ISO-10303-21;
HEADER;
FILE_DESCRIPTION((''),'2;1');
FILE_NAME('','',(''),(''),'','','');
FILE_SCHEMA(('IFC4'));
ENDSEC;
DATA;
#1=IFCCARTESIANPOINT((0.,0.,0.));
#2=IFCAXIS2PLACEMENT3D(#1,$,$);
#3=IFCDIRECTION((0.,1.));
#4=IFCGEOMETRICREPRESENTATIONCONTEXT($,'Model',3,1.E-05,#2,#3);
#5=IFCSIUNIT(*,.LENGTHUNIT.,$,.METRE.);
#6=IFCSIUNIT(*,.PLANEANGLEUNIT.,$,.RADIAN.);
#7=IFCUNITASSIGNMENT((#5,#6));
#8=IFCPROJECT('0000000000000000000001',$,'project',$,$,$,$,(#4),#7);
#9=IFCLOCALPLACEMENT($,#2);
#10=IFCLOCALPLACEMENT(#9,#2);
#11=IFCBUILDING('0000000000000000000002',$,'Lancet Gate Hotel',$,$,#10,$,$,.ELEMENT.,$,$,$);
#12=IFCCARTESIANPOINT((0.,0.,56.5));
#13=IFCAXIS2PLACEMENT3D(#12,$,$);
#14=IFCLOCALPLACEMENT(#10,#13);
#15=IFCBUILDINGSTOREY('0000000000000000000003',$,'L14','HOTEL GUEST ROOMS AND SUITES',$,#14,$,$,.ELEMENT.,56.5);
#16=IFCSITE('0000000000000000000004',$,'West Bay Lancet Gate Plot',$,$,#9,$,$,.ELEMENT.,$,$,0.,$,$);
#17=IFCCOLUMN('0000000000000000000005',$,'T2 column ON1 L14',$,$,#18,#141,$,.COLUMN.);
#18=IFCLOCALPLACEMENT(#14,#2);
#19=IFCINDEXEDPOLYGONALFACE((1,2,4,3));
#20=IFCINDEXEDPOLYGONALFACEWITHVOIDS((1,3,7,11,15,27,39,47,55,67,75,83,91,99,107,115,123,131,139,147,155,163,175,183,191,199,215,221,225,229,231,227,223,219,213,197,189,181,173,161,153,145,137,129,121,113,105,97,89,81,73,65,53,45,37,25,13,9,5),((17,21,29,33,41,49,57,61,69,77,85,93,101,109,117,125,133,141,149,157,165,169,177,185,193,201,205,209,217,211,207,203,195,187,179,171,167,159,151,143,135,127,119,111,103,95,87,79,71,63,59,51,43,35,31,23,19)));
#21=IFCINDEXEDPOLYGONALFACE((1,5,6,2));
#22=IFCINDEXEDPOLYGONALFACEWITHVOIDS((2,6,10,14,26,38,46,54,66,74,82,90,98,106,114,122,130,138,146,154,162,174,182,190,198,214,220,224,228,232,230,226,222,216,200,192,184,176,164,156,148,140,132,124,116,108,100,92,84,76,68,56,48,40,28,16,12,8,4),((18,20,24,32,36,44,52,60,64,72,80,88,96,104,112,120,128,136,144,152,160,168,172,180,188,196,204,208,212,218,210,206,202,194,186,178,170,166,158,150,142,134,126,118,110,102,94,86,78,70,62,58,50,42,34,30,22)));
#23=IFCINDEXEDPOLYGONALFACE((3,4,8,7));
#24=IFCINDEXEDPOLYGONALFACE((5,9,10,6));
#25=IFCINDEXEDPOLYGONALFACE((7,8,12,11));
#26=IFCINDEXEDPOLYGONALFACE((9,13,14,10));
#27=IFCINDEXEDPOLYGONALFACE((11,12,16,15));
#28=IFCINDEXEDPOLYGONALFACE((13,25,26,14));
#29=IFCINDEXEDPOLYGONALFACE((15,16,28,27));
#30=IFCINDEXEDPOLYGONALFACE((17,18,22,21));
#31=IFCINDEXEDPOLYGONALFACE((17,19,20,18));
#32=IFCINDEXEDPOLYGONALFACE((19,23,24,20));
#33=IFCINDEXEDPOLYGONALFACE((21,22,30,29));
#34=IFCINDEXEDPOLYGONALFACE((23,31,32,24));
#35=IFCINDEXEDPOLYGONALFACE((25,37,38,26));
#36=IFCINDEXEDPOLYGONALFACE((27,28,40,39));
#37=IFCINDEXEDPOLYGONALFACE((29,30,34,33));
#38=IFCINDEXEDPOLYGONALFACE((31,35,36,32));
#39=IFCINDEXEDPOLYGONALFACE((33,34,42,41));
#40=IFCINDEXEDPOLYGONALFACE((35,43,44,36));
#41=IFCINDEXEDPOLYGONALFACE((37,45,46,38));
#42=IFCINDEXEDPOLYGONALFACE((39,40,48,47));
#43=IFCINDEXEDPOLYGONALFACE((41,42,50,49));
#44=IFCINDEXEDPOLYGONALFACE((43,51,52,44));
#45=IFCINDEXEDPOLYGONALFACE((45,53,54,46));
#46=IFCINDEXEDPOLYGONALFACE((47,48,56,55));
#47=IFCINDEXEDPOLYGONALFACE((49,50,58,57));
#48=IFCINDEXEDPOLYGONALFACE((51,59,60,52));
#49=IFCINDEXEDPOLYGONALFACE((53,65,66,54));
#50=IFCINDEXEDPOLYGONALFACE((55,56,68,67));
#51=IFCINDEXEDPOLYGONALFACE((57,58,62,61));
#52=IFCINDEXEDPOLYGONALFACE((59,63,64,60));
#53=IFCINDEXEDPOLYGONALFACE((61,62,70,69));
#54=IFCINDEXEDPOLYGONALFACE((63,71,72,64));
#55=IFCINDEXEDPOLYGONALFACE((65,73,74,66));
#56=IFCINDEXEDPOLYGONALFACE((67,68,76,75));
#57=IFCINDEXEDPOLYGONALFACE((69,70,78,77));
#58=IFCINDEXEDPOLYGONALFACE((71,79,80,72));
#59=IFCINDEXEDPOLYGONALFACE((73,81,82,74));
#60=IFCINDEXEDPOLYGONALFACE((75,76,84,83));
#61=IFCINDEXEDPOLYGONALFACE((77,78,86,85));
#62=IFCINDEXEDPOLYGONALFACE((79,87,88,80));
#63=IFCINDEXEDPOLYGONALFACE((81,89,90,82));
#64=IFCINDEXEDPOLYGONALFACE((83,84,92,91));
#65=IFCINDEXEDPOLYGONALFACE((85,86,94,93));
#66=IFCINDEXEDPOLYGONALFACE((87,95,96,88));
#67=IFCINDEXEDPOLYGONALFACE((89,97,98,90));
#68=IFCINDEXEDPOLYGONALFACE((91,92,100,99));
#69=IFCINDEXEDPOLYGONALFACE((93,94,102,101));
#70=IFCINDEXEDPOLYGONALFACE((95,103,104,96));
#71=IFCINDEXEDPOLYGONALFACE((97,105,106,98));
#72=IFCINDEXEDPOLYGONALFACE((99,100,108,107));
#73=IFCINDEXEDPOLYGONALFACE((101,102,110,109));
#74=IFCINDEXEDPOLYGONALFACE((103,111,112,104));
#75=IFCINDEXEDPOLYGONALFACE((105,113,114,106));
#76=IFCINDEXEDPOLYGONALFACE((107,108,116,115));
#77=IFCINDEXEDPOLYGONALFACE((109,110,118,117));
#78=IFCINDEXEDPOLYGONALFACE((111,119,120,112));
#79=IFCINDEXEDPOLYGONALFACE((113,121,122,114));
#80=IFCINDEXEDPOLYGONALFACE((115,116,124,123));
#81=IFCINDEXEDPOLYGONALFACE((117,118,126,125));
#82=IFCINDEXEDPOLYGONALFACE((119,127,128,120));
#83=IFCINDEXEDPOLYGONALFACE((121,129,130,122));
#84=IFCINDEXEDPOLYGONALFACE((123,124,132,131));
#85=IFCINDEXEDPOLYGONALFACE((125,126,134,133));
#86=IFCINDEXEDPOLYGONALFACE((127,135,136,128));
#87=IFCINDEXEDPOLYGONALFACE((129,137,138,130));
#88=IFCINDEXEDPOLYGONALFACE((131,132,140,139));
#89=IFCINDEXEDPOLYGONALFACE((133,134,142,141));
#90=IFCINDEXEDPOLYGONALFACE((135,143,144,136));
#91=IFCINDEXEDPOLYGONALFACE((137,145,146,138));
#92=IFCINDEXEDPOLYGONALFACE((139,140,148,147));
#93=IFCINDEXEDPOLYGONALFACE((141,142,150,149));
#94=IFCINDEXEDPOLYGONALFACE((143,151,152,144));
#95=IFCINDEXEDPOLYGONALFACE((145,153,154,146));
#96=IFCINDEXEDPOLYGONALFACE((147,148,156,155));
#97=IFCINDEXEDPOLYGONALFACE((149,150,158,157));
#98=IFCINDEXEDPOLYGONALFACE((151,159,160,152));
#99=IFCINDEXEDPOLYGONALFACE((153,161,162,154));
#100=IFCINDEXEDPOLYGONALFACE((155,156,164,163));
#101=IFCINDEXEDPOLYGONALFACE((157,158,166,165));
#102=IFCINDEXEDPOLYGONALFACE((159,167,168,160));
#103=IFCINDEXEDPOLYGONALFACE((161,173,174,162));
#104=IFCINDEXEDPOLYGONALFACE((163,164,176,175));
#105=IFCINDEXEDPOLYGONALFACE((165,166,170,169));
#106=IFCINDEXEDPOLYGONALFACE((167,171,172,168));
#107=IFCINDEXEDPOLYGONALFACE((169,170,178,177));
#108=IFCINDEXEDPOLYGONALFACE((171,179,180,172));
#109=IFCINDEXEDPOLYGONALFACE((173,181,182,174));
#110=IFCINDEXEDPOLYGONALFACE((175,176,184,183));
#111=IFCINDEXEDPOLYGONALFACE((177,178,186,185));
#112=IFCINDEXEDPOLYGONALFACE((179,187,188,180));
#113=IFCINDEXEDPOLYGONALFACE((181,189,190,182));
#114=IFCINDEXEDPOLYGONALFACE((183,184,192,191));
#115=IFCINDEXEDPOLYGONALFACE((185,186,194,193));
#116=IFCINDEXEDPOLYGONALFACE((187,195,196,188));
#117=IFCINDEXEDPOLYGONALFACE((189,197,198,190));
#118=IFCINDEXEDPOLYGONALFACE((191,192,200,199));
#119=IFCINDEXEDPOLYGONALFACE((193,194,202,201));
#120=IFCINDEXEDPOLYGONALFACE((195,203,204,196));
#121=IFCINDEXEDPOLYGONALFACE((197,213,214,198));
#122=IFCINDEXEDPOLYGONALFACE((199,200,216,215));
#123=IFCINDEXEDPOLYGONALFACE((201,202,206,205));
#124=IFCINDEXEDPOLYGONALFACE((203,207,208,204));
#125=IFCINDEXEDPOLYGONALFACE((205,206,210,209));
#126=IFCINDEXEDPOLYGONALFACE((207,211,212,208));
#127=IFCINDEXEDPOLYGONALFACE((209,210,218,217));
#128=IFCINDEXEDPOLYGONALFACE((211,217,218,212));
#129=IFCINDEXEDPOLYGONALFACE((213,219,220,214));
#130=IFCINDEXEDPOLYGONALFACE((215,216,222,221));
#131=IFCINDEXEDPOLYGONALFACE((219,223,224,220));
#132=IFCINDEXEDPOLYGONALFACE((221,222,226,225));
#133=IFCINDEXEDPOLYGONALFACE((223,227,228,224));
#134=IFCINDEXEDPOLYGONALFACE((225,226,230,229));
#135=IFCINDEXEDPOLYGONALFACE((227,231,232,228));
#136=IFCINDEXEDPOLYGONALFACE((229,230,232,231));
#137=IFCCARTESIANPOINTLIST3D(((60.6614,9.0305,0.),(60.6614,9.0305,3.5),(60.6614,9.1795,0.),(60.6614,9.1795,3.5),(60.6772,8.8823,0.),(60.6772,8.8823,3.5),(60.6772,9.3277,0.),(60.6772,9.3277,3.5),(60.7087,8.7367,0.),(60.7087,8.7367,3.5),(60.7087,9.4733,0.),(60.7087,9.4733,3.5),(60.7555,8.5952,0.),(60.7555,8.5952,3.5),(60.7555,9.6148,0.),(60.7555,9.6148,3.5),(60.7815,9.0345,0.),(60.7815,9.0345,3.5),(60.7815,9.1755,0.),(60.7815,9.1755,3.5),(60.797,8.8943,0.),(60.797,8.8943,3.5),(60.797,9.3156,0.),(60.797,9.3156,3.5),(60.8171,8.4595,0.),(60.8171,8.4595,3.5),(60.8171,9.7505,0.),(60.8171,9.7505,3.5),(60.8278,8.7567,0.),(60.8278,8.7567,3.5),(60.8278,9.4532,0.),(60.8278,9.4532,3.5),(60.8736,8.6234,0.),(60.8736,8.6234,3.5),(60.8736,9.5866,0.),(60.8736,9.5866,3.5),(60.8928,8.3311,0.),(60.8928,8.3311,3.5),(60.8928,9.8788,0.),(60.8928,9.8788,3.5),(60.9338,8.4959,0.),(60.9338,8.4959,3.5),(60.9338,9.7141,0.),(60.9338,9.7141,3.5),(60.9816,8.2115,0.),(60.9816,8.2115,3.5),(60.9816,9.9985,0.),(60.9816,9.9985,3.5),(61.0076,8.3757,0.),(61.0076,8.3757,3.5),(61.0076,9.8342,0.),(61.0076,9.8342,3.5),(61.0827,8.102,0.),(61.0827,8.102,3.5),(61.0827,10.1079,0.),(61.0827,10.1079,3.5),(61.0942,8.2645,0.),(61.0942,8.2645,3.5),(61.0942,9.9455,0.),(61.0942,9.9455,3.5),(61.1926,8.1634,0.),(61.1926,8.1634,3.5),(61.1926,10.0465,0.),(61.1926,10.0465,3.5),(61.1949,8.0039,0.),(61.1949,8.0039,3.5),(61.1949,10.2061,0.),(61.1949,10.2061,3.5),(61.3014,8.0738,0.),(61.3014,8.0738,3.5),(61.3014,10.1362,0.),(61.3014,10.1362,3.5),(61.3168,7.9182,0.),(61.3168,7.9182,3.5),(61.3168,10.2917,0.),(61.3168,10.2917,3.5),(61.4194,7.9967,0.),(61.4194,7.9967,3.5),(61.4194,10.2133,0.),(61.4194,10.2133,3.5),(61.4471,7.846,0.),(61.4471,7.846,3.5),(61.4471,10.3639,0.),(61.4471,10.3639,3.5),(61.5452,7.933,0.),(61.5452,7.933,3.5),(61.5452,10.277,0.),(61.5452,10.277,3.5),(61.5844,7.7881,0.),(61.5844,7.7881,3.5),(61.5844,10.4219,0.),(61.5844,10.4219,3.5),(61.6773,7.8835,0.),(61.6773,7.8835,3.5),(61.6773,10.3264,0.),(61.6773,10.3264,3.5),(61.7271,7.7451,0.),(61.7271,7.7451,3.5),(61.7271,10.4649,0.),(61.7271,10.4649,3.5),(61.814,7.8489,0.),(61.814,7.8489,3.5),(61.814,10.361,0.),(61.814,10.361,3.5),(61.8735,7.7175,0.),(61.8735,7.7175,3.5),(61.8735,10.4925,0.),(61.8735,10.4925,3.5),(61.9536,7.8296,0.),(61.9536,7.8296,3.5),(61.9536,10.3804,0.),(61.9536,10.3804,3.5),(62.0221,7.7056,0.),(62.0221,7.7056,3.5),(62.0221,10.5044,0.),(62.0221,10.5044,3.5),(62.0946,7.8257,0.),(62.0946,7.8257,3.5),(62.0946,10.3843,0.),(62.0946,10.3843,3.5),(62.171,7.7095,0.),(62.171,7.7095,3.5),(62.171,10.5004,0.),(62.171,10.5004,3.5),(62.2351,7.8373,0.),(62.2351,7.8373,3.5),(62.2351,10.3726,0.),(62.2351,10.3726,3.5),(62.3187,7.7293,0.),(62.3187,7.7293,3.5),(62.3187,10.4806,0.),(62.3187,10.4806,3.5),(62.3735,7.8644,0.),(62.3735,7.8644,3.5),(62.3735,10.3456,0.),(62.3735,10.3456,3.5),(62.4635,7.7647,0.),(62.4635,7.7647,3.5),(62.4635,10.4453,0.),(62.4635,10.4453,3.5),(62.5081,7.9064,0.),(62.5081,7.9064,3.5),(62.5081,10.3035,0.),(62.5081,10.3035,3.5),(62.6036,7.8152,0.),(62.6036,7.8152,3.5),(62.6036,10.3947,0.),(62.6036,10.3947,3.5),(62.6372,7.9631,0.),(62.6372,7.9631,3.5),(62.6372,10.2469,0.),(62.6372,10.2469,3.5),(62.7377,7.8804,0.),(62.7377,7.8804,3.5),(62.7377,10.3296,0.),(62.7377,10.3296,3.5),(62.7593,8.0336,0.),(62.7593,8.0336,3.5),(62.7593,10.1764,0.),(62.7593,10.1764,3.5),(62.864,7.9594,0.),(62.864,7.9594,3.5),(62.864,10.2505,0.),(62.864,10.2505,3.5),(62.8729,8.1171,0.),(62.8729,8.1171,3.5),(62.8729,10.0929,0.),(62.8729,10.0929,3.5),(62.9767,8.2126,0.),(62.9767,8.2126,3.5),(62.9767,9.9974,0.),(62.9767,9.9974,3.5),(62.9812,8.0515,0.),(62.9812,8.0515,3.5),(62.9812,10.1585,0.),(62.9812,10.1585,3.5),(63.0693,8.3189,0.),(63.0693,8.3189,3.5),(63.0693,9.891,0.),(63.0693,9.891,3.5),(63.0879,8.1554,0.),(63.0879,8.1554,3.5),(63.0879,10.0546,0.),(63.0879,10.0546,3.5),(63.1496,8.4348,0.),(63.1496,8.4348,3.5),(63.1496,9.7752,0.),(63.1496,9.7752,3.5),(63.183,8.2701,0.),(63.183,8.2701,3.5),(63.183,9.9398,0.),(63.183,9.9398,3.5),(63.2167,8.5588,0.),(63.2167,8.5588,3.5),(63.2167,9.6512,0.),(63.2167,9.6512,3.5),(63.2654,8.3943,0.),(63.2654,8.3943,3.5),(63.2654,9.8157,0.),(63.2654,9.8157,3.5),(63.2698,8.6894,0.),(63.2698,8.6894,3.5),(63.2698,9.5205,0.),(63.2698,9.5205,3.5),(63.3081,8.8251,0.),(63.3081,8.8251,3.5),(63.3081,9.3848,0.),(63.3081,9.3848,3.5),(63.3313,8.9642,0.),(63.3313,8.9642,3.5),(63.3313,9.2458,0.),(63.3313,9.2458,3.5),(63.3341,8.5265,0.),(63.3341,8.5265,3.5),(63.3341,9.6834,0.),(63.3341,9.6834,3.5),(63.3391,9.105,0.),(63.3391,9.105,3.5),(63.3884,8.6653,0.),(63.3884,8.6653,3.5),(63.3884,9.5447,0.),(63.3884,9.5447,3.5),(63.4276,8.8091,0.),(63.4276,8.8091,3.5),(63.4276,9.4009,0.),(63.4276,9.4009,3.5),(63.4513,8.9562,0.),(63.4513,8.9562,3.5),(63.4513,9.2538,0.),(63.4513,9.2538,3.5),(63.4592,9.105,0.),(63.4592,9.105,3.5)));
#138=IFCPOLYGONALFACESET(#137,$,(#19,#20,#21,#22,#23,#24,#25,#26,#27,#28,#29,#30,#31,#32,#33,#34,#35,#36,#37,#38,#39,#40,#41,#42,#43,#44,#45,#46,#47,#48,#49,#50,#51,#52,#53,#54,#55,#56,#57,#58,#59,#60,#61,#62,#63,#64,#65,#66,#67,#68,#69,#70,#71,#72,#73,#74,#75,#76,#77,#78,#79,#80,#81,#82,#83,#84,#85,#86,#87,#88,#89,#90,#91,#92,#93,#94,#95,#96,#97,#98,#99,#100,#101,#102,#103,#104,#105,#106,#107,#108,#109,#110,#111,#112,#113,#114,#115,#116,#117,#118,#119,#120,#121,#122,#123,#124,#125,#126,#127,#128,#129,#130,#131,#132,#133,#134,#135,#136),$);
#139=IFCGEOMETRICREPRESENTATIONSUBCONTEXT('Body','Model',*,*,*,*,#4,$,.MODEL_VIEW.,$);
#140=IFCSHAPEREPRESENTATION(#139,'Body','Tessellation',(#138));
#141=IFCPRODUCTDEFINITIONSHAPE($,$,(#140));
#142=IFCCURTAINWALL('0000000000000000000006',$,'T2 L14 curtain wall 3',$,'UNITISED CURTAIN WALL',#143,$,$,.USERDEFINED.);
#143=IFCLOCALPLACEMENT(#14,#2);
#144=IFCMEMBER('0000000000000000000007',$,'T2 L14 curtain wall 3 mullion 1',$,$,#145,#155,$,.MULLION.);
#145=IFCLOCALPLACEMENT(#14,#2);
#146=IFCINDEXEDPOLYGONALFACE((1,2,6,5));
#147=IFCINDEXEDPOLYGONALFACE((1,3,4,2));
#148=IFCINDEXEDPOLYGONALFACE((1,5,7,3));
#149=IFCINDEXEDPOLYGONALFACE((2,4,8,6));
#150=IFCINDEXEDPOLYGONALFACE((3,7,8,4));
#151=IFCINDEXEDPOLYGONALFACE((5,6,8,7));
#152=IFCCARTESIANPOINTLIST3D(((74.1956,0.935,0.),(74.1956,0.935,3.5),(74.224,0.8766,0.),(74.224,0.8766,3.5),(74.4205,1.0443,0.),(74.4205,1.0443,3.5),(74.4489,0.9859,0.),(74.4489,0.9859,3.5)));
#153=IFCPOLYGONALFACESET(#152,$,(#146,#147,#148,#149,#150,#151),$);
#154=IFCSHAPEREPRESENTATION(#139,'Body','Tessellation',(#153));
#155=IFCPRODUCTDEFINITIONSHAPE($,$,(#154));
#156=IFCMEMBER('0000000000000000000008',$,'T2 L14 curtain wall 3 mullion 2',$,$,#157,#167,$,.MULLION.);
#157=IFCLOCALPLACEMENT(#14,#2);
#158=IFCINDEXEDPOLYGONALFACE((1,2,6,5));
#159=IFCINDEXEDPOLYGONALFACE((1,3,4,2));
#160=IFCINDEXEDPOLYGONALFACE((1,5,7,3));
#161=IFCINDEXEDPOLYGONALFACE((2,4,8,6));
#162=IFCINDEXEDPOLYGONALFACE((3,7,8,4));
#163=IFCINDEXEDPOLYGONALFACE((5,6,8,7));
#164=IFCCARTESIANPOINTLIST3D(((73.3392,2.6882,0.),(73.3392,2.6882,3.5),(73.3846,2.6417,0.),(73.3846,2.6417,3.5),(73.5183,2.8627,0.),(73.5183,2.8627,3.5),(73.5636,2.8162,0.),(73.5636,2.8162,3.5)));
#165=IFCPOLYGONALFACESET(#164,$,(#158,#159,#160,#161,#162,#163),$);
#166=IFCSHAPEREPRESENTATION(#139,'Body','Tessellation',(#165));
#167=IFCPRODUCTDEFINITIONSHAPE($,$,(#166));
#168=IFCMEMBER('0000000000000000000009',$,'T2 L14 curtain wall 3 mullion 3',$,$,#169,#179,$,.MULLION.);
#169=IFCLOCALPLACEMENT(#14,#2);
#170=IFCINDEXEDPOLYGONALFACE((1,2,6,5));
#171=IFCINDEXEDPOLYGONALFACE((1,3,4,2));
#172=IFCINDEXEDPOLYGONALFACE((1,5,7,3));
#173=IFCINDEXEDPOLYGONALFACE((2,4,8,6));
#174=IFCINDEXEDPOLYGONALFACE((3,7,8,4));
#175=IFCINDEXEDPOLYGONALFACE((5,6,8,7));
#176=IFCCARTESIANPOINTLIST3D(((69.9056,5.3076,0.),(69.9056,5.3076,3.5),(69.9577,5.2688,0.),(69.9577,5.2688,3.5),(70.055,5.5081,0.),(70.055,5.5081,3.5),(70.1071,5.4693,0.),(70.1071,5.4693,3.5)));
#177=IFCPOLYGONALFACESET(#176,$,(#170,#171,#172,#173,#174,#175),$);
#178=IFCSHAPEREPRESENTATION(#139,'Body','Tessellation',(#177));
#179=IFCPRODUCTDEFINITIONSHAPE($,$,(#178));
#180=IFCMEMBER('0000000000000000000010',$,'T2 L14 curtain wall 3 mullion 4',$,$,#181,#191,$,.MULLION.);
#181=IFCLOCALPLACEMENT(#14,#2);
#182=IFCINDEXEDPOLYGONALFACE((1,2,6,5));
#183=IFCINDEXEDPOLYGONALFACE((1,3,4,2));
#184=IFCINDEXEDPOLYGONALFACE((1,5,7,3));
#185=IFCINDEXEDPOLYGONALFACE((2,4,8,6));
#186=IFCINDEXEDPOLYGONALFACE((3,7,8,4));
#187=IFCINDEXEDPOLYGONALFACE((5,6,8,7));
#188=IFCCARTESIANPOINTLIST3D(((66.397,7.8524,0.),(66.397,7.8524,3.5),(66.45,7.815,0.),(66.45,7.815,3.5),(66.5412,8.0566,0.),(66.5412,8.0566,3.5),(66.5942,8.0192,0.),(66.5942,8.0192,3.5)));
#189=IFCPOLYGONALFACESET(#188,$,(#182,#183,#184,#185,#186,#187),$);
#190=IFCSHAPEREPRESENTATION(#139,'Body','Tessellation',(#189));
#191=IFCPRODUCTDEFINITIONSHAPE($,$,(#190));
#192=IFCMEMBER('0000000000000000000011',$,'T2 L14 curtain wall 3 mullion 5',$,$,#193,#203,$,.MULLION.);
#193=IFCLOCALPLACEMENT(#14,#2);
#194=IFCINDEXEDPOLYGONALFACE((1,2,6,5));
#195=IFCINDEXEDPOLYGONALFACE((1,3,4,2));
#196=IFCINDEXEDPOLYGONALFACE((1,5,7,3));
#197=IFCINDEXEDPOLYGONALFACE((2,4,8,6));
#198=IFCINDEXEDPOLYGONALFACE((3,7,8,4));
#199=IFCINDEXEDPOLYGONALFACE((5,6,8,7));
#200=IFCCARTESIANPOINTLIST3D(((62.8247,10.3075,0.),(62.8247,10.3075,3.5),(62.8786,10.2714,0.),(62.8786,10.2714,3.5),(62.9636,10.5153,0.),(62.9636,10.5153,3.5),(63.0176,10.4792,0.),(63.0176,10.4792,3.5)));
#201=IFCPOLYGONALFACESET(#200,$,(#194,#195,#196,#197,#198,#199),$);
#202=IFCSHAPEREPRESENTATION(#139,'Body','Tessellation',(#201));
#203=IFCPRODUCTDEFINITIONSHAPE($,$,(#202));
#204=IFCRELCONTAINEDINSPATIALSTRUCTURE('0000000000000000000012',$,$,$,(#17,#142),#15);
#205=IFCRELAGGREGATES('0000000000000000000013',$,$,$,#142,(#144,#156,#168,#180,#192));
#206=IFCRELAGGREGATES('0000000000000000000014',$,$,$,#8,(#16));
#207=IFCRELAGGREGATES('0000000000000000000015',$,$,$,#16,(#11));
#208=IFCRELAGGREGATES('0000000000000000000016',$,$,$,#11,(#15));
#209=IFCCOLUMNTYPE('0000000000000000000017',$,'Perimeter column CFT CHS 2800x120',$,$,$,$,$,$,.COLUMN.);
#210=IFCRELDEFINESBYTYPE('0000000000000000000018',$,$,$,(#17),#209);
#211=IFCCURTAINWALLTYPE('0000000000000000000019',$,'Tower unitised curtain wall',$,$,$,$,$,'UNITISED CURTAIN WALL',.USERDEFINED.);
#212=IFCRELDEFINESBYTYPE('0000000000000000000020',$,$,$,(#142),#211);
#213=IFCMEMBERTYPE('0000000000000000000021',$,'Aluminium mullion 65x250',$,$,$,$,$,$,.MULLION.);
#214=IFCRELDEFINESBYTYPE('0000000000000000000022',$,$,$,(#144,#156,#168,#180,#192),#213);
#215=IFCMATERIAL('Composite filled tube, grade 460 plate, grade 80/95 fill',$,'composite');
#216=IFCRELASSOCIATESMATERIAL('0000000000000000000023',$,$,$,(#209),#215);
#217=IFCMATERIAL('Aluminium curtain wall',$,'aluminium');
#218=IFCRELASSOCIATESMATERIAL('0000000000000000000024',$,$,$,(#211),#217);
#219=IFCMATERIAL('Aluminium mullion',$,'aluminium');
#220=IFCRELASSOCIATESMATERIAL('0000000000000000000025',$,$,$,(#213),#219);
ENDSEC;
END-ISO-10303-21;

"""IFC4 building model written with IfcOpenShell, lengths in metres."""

from ifc_helpers import new_model, si_unit, direction, frame, origin, origin_2d, place, context, subcontext, project, spatial, rectangle, hollow_circle, extrude, material, material_profile, profile_set, type_object, element, aggregate, save


model = new_model("IFC4")

# Units and contexts
model_context = context("Model", 3, precision=1e-05, world=origin(), true_north=direction((0.0, 1.0)))
body_context = subcontext(model_context, "Body", "Model", "MODEL_VIEW")
ifc_project = project(units=[si_unit("LENGTHUNIT", "METRE"), si_unit("PLANEANGLEUNIT", "RADIAN")], contexts=[model_context])

# Site, building, storey
site_placement = place(None, origin())
site = spatial("IfcSite", under=ifc_project, at=site_placement, Name="West Bay Lancet Gate Plot", CompositionType="ELEMENT", RefElevation=0.0)
building_placement = place(site_placement, origin())
building = spatial("IfcBuilding", under=site, at=building_placement, Name="Lancet Gate Hotel", CompositionType="ELEMENT")
storey_placement = place(building_placement, frame((0.0, 0.0, 56.5)))
storey = spatial("IfcBuildingStorey", under=building, at=storey_placement, Name="L14", Description="HOTEL GUEST ROOMS AND SUITES", CompositionType="ELEMENT", Elevation=56.5)

# Column
ifc_material_1 = material(Name="Composite filled tube, grade 460 plate, grade 80/95 fill", Category="composite")
ifc_material_profile_1 = material_profile(ifc_material_1, hollow_circle(Radius=1.3999, WallThickness=0.1201, at=origin_2d()), Name="CHS 2800x120")
ifc_profile_set_1 = profile_set([ifc_material_profile_1], Name="Composite filled tube, grade 460 plate, grade 80/95 fill")
column_type_1 = type_object("IfcColumnType", Name="Perimeter column CFT CHS 2800x120", PredefinedType="COLUMN", material=ifc_profile_set_1)
column_1_placement = place(storey_placement, frame((62.0593, 9.105, 0.0), z_axis=(0.0, 0.0, 1.0), x_axis=(1.0, 0.0, 0.0)))
element("IfcColumn", 1, at=column_1_placement, inside=storey, type_object=column_type_1, Name="T2 column ON1 L14", PredefinedType="COLUMN", context=body_context, shape_type="SweptSolid", body=[
    extrude(hollow_circle(Radius=1.3999, WallThickness=0.1201, at=origin_2d()), origin(), (0.0, 0.0, 1.0), 3.5),
])

# Curtain wall, members
ifc_material_2 = material(Name="Aluminium curtain wall", Category="aluminium")
curtain_wall_type = type_object("IfcCurtainWallType", Name="Tower unitised curtain wall", ElementType="UNITISED CURTAIN WALL", PredefinedType="USERDEFINED", material=ifc_material_2)
curtain_wall_placement = place(storey_placement, origin())
curtain_wall = element("IfcCurtainWall", 2, at=curtain_wall_placement, inside=storey, type_object=curtain_wall_type, Name="T2 L14 curtain wall 3", ObjectType="UNITISED CURTAIN WALL", PredefinedType="USERDEFINED")
ifc_material_3 = material(Name="Aluminium mullion", Category="aluminium")
ifc_material_profile_2 = material_profile(ifc_material_3, rectangle(XDim=0.0649, YDim=0.25, at=origin_2d()), Name="MULLION 65x250")
ifc_profile_set_2 = profile_set([ifc_material_profile_2], Name="Aluminium mullion")
member_type_1 = type_object("IfcMemberType", Name="Aluminium mullion 65x250", PredefinedType="MULLION", material=ifc_profile_set_2)
member_1_placement = place(storey_placement, frame((74.3223, 0.9604, 0.0), z_axis=(0.0, 0.0, 1.0), x_axis=(-0.437169, 0.899379, 0.0)))
member_1 = element("IfcMember", 3, at=member_1_placement, type_object=member_type_1, Name="T2 L14 curtain wall 3 mullion 1", PredefinedType="MULLION", context=body_context, shape_type="SweptSolid", body=[
    extrude(rectangle(XDim=0.0649, YDim=0.25, at=origin_2d()), origin(), (0.0, 0.0, 1.0), 3.5),
])
member_2_placement = place(storey_placement, frame((73.4514, 2.7522, 0.0), z_axis=(0.0, 0.0, 1.0), x_axis=(-0.697983, 0.716114, 0.0)))
member_2 = element("IfcMember", 4, at=member_2_placement, type_object=member_type_1, Name="T2 L14 curtain wall 3 mullion 2", PredefinedType="MULLION", context=body_context, shape_type="SweptSolid", body=[
    extrude(rectangle(XDim=0.0649, YDim=0.25, at=origin_2d()), origin(), (0.0, 0.0, 1.0), 3.5),
])
member_3_placement = place(storey_placement, frame((70.0063, 5.3884, 0.0), z_axis=(0.0, 0.0, 1.0), x_axis=(-0.80183, 0.597552, 0.0)))
member_3 = element("IfcMember", 5, at=member_3_placement, type_object=member_type_1, Name="T2 L14 curtain wall 3 mullion 3", PredefinedType="MULLION", context=body_context, shape_type="SweptSolid", body=[
    extrude(rectangle(XDim=0.0649, YDim=0.25, at=origin_2d()), origin(), (0.0, 0.0, 1.0), 3.5),
])
member_4_placement = place(storey_placement, frame((66.4956, 7.9358, 0.0), z_axis=(0.0, 0.0, 1.0), x_axis=(-0.816779, 0.576951, 0.0)))
member_4 = element("IfcMember", 6, at=member_4_placement, type_object=member_type_1, Name="T2 L14 curtain wall 3 mullion 4", PredefinedType="MULLION", context=body_context, shape_type="SweptSolid", body=[
    extrude(rectangle(XDim=0.0649, YDim=0.25, at=origin_2d()), origin(), (0.0, 0.0, 1.0), 3.5),
])
member_5_placement = place(storey_placement, frame((62.9211, 10.3933, 0.0), z_axis=(0.0, 0.0, 1.0), x_axis=(-0.831198, 0.555976, 0.0)))
member_5 = element("IfcMember", 7, at=member_5_placement, type_object=member_type_1, Name="T2 L14 curtain wall 3 mullion 5", PredefinedType="MULLION", context=body_context, shape_type="SweptSolid", body=[
    extrude(rectangle(XDim=0.0649, YDim=0.25, at=origin_2d()), origin(), (0.0, 0.0, 1.0), 3.5),
])

aggregate(curtain_wall, [member_1, member_2, member_3, member_4, member_5])

save(model, "model.ifc")
